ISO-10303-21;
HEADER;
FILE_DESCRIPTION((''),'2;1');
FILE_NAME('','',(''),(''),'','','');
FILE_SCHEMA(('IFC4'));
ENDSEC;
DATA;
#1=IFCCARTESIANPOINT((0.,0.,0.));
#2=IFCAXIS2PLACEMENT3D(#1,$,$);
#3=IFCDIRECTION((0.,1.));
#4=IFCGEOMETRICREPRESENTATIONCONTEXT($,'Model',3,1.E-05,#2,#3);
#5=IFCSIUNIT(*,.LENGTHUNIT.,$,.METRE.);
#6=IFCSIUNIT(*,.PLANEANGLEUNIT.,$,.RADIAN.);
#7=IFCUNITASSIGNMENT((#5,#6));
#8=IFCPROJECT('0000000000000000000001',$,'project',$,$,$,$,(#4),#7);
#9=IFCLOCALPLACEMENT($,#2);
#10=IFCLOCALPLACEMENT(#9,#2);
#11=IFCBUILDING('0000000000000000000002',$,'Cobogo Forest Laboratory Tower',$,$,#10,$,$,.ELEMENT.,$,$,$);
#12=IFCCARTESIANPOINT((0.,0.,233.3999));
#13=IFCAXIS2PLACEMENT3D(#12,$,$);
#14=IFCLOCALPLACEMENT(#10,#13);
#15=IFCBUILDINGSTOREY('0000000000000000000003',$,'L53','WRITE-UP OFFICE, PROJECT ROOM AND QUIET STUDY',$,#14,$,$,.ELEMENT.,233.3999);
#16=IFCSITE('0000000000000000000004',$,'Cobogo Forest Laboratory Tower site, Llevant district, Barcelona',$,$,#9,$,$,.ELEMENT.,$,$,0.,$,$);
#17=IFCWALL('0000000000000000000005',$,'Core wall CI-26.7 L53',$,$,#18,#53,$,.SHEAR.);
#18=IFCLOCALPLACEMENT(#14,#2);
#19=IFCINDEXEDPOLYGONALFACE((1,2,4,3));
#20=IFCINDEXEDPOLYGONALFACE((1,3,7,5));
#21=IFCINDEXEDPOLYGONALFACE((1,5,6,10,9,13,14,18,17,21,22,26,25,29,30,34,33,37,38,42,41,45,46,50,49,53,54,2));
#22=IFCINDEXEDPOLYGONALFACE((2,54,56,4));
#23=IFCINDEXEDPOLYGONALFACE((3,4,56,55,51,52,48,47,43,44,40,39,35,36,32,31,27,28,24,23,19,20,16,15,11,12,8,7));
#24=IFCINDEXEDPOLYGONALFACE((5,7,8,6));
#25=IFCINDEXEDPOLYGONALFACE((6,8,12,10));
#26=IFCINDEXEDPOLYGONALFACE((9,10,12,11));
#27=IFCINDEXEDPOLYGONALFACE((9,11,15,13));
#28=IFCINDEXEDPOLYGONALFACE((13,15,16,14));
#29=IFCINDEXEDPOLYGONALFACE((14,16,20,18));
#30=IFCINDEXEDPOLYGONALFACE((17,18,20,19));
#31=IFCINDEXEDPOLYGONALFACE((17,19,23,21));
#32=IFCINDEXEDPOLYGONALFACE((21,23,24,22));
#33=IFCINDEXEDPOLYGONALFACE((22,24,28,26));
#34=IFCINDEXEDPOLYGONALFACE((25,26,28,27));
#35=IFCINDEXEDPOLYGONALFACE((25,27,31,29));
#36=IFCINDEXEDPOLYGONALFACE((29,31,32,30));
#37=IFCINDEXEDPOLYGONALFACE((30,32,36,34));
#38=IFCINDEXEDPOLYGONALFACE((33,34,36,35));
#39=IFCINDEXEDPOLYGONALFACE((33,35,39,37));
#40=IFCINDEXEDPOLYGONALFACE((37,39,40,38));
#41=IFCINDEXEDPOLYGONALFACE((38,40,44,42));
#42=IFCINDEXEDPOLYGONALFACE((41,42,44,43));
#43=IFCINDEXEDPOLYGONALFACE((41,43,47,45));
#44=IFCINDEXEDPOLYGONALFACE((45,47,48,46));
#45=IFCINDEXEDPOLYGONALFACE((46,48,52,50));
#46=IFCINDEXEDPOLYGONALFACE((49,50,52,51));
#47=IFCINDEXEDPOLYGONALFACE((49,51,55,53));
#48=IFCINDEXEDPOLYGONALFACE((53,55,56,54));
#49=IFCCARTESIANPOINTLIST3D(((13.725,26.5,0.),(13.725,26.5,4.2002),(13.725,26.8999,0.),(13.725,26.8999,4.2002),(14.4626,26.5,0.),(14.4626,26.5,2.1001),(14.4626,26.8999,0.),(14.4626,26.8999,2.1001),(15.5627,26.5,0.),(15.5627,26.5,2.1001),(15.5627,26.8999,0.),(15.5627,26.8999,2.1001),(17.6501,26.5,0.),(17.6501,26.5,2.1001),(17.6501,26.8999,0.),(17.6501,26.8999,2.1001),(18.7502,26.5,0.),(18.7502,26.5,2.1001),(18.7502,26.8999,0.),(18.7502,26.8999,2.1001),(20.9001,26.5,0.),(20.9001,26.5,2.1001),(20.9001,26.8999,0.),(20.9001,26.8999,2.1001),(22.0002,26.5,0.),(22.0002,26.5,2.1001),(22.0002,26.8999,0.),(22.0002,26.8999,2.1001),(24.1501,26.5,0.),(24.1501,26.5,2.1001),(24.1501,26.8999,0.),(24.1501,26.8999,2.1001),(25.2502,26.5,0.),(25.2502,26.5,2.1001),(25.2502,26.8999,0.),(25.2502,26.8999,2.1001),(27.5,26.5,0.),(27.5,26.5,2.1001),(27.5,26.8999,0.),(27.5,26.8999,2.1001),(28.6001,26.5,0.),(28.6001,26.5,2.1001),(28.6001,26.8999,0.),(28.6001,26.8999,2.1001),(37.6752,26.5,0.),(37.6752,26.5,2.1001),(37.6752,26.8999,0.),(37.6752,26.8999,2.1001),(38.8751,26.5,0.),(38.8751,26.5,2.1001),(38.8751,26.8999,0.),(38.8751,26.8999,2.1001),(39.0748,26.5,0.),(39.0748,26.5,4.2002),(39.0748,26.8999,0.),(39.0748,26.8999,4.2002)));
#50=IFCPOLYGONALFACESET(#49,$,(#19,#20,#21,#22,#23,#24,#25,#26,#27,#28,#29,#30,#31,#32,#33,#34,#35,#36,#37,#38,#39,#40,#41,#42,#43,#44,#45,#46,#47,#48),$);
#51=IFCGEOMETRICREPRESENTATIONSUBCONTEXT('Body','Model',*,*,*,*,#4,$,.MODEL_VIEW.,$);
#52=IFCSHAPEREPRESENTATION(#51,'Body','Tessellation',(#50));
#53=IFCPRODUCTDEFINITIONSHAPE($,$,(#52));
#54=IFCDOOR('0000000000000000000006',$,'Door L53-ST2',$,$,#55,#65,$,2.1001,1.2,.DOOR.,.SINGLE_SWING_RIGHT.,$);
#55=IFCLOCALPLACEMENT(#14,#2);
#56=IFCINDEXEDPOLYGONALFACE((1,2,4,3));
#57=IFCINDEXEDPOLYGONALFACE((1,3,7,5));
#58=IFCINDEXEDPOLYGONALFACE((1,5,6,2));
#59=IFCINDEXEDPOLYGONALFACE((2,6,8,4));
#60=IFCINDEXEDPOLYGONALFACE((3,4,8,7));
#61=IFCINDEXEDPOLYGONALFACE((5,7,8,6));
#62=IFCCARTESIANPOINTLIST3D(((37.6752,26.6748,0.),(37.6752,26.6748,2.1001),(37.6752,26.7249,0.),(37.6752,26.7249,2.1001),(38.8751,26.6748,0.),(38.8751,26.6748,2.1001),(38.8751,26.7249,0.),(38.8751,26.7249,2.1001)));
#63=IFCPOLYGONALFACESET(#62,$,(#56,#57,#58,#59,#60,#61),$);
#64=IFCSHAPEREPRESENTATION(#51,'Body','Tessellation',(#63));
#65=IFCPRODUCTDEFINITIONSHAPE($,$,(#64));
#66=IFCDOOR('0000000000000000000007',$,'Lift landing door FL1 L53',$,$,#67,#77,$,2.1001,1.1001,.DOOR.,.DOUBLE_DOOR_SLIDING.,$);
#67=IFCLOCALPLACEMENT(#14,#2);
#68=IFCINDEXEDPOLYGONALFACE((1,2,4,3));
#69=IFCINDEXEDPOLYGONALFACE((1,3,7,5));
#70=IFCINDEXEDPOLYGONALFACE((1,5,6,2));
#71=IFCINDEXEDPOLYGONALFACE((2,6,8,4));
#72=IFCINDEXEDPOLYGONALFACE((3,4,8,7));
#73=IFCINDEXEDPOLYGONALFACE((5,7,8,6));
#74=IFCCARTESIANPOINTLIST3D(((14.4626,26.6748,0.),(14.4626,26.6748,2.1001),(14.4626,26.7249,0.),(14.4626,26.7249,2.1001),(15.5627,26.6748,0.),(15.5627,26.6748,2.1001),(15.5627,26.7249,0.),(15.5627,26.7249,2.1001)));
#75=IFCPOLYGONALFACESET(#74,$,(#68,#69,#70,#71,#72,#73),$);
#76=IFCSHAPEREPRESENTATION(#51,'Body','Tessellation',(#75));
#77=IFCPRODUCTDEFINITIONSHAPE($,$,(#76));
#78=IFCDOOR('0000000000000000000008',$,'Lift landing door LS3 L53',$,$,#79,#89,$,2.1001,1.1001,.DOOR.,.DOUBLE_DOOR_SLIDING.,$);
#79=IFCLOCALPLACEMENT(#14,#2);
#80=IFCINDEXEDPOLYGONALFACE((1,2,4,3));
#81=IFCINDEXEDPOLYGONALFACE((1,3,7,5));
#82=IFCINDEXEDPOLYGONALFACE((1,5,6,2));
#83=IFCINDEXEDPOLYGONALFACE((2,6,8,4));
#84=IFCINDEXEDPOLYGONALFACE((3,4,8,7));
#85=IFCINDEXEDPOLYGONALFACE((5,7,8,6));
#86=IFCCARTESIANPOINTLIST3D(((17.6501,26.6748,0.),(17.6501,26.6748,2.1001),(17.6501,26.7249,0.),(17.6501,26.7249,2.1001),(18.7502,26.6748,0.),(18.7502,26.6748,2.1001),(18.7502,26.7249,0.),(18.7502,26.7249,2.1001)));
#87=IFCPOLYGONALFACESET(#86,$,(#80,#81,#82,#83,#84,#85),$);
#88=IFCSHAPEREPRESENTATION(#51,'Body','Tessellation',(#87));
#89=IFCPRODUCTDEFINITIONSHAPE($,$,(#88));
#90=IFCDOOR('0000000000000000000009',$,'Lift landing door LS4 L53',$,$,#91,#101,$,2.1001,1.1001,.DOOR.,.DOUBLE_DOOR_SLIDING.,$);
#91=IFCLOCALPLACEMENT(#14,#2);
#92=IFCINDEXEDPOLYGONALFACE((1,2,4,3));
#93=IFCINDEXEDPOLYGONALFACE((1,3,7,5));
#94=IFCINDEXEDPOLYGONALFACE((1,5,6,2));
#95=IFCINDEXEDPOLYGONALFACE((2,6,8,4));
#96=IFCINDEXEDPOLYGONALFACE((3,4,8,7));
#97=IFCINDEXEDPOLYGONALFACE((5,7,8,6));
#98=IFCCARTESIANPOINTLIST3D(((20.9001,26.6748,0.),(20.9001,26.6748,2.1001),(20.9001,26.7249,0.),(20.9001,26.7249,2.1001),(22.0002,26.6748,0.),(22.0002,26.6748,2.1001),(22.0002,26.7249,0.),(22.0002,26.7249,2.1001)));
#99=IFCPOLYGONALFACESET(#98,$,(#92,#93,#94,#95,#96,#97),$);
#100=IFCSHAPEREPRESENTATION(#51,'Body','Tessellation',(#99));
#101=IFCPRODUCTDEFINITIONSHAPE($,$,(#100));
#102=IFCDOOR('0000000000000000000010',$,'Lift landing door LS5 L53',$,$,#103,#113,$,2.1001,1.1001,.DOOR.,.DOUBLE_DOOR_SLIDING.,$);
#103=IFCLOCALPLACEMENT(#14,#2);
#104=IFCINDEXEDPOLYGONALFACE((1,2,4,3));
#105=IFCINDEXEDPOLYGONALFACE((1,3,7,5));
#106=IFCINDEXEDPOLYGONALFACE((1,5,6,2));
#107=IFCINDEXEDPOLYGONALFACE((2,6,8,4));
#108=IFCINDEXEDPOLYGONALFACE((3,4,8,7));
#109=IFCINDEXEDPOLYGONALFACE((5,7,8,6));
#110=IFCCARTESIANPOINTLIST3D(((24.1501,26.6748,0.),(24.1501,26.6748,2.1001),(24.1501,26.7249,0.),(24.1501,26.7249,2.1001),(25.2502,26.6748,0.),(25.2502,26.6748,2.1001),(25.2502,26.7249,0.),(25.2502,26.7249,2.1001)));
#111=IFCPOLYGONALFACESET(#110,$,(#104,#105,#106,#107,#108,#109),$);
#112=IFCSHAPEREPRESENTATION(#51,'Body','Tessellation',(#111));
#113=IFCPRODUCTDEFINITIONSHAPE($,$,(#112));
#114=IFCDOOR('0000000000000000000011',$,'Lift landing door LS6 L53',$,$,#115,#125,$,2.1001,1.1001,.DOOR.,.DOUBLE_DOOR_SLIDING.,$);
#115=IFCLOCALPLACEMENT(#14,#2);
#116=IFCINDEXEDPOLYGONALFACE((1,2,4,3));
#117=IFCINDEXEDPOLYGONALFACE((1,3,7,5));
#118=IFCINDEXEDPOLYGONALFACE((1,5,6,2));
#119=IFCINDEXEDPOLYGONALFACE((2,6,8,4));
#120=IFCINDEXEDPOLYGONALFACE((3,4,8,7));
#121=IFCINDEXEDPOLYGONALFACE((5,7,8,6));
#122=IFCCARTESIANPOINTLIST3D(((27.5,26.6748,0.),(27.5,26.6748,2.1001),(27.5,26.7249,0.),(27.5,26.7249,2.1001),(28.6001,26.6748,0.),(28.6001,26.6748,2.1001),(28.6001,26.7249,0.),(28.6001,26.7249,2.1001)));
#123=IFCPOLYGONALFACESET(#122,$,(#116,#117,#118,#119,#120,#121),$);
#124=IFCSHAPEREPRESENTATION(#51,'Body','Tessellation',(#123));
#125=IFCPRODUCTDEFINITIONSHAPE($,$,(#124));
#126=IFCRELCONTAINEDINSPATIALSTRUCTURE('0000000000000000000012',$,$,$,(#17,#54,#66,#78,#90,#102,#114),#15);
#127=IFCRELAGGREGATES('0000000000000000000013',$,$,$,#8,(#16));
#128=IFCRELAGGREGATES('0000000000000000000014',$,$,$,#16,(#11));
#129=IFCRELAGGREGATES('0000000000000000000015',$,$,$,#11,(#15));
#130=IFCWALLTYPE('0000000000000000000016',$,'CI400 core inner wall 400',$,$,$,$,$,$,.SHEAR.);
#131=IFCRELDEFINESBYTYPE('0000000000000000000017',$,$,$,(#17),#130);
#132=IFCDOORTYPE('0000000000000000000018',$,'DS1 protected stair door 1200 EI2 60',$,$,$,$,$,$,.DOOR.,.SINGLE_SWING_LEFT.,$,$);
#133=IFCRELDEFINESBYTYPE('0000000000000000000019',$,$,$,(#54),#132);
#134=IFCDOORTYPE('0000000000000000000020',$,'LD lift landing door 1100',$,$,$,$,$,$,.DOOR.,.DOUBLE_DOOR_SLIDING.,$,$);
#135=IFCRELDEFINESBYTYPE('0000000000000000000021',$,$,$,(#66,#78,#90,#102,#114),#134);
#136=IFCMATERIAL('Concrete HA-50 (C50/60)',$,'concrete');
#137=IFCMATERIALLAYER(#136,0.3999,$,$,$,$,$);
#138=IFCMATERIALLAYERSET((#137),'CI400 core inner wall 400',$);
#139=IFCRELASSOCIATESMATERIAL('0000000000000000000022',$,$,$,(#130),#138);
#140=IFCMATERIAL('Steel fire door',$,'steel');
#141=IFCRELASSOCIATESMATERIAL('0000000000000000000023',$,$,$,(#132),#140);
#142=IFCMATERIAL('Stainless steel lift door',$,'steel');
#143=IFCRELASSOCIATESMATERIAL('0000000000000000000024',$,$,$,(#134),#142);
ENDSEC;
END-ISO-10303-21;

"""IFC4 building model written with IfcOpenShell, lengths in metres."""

from ifc_helpers import new_model, si_unit, direction, frame, frame_2d, origin, place, context, subcontext, project, spatial, rectangle, extrude, material, layer, layer_set, type_object, element, fill, save


model = new_model("IFC4")

# Units and contexts
model_context = context("Model", 3, precision=1e-05, world=origin(), true_north=direction((0.0, 1.0)))
body_context = subcontext(model_context, "Body", "Model", "MODEL_VIEW")
ifc_project = project(units=[si_unit("LENGTHUNIT", "METRE"), si_unit("PLANEANGLEUNIT", "RADIAN")], contexts=[model_context])

# Site, building, storey
site_placement = place(None, origin())
site = spatial("IfcSite", under=ifc_project, at=site_placement, Name="Cobogo Forest Laboratory Tower site, Llevant district, Barcelona", CompositionType="ELEMENT", RefElevation=0.0)
building_placement = place(site_placement, origin())
building = spatial("IfcBuilding", under=site, at=building_placement, Name="Cobogo Forest Laboratory Tower", CompositionType="ELEMENT")
storey_placement = place(building_placement, frame((0.0, 0.0, 233.3999)))
storey = spatial("IfcBuildingStorey", under=building, at=storey_placement, Name="L53", Description="WRITE-UP OFFICE, PROJECT ROOM AND QUIET STUDY", CompositionType="ELEMENT", Elevation=233.3999)

# Shared definitions
ifc_material_1 = material(Name="Concrete HA-50 (C50/60)", Category="concrete")

# Shared definitions
ifc_layer_1 = layer(ifc_material_1, 0.3999)
ifc_layer_set_1 = layer_set([ifc_layer_1], Name="CI400 core inner wall 400")
wall_type_1 = type_object("IfcWallType", Name="CI400 core inner wall 400", PredefinedType="SHEAR", material=ifc_layer_set_1)

# Wall, openings, doors
wall_1_placement = place(storey_placement, frame((13.7251, 26.7, 0.0), z_axis=(0.0, 0.0, 1.0), x_axis=(1.0, 0.0, 0.0)))
wall_1 = element("IfcWall", 1, at=wall_1_placement, inside=storey, type_object=wall_type_1, Name="Core wall CI-26.7 L53", PredefinedType="SHEAR", context=body_context, shape_type="SweptSolid", body=[
    extrude(rectangle(XDim=25.3499, YDim=0.3999, at=frame_2d((12.6748, 0.0))), origin(), (0.0, 0.0, 1.0), 4.2002),
])
opening_1_placement = place(wall_1_placement, frame((23.95, 0.0, 0.0)))
opening_1 = element("IfcOpeningElement", 2, at=opening_1_placement, cuts=wall_1, PredefinedType="OPENING", context=body_context, shape_type="SweptSolid", body=[
    extrude(rectangle(XDim=1.2, YDim=2.1001, at=frame_2d((0.6001, 1.05))), frame((0.0, 0.21, 0.0), z_axis=(0.0, -1.0, 0.0), x_axis=(1.0, 0.0, 0.0)), (0.0, 0.0, 1.0), 0.4199),
])
opening_2_placement = place(wall_1_placement, frame((0.7375, 0.0, 0.0)))
opening_2 = element("IfcOpeningElement", 3, at=opening_2_placement, cuts=wall_1, PredefinedType="OPENING", context=body_context, shape_type="SweptSolid", body=[
    extrude(rectangle(XDim=1.1001, YDim=2.1001, at=frame_2d((0.55, 1.05))), frame((0.0, 0.21, 0.0), z_axis=(0.0, -1.0, 0.0), x_axis=(1.0, 0.0, 0.0)), (0.0, 0.0, 1.0), 0.4199),
])
opening_3_placement = place(wall_1_placement, frame((3.925, 0.0, 0.0)))
opening_3 = element("IfcOpeningElement", 4, at=opening_3_placement, cuts=wall_1, PredefinedType="OPENING", context=body_context, shape_type="SweptSolid", body=[
    extrude(rectangle(XDim=1.1001, YDim=2.1001, at=frame_2d((0.55, 1.05))), frame((0.0, 0.21, 0.0), z_axis=(0.0, -1.0, 0.0), x_axis=(1.0, 0.0, 0.0)), (0.0, 0.0, 1.0), 0.4199),
])
opening_4_placement = place(wall_1_placement, frame((7.175, 0.0, 0.0)))
opening_4 = element("IfcOpeningElement", 5, at=opening_4_placement, cuts=wall_1, PredefinedType="OPENING", context=body_context, shape_type="SweptSolid", body=[
    extrude(rectangle(XDim=1.1001, YDim=2.1001, at=frame_2d((0.55, 1.05))), frame((0.0, 0.21, 0.0), z_axis=(0.0, -1.0, 0.0), x_axis=(1.0, 0.0, 0.0)), (0.0, 0.0, 1.0), 0.4199),
])
opening_5_placement = place(wall_1_placement, frame((10.425, 0.0, 0.0)))
opening_5 = element("IfcOpeningElement", 6, at=opening_5_placement, cuts=wall_1, PredefinedType="OPENING", context=body_context, shape_type="SweptSolid", body=[
    extrude(rectangle(XDim=1.1001, YDim=2.1001, at=frame_2d((0.55, 1.05))), frame((0.0, 0.21, 0.0), z_axis=(0.0, -1.0, 0.0), x_axis=(1.0, 0.0, 0.0)), (0.0, 0.0, 1.0), 0.4199),
])
opening_6_placement = place(wall_1_placement, frame((13.7749, 0.0, 0.0)))
opening_6 = element("IfcOpeningElement", 7, at=opening_6_placement, cuts=wall_1, PredefinedType="OPENING", context=body_context, shape_type="SweptSolid", body=[
    extrude(rectangle(XDim=1.1001, YDim=2.1001, at=frame_2d((0.55, 1.05))), frame((0.0, 0.21, 0.0), z_axis=(0.0, -1.0, 0.0), x_axis=(1.0, 0.0, 0.0)), (0.0, 0.0, 1.0), 0.4199),
])
ifc_material_2 = material(Name="Steel fire door", Category="steel")
door_type_1 = type_object("IfcDoorType", Name="DS1 protected stair door 1200 EI2 60", OperationType="SINGLE_SWING_LEFT", PredefinedType="DOOR", material=ifc_material_2)
door_1_placement = place(opening_1_placement, origin())
door_1 = element("IfcDoor", 8, at=door_1_placement, inside=storey, type_object=door_type_1, Name="Door L53-ST2", OperationType="SINGLE_SWING_RIGHT", OverallHeight=2.1001, OverallWidth=1.2, PredefinedType="DOOR", context=body_context, shape_type="SweptSolid", body=[
    extrude(rectangle(XDim=1.2, YDim=2.1001, at=frame_2d((0.6001, 1.05))), frame((0.0, 0.0249, 0.0), z_axis=(0.0, -1.0, 0.0), x_axis=(1.0, 0.0, 0.0)), (0.0, 0.0, 1.0), 0.05),
])
fill(opening_1, door_1)
ifc_material_3 = material(Name="Stainless steel lift door", Category="steel")
door_type_2 = type_object("IfcDoorType", Name="LD lift landing door 1100", OperationType="DOUBLE_DOOR_SLIDING", PredefinedType="DOOR", material=ifc_material_3)
door_2_placement = place(opening_2_placement, origin())
door_2 = element("IfcDoor", 9, at=door_2_placement, inside=storey, type_object=door_type_2, Name="Lift landing door FL1 L53", OperationType="DOUBLE_DOOR_SLIDING", OverallHeight=2.1001, OverallWidth=1.1001, PredefinedType="DOOR", context=body_context, shape_type="SweptSolid", body=[
    extrude(rectangle(XDim=1.1001, YDim=2.1001, at=frame_2d((0.55, 1.05))), frame((0.0, 0.0249, 0.0), z_axis=(0.0, -1.0, 0.0), x_axis=(1.0, 0.0, 0.0)), (0.0, 0.0, 1.0), 0.05),
])
fill(opening_2, door_2)
door_3_placement = place(opening_3_placement, origin())
door_3 = element("IfcDoor", 10, at=door_3_placement, inside=storey, type_object=door_type_2, Name="Lift landing door LS3 L53", OperationType="DOUBLE_DOOR_SLIDING", OverallHeight=2.1001, OverallWidth=1.1001, PredefinedType="DOOR", context=body_context, shape_type="SweptSolid", body=[
    extrude(rectangle(XDim=1.1001, YDim=2.1001, at=frame_2d((0.55, 1.05))), frame((0.0, 0.0249, 0.0), z_axis=(0.0, -1.0, 0.0), x_axis=(1.0, 0.0, 0.0)), (0.0, 0.0, 1.0), 0.05),
])
fill(opening_3, door_3)
door_4_placement = place(opening_4_placement, origin())
door_4 = element("IfcDoor", 11, at=door_4_placement, inside=storey, type_object=door_type_2, Name="Lift landing door LS4 L53", OperationType="DOUBLE_DOOR_SLIDING", OverallHeight=2.1001, OverallWidth=1.1001, PredefinedType="DOOR", context=body_context, shape_type="SweptSolid", body=[
    extrude(rectangle(XDim=1.1001, YDim=2.1001, at=frame_2d((0.55, 1.05))), frame((0.0, 0.0249, 0.0), z_axis=(0.0, -1.0, 0.0), x_axis=(1.0, 0.0, 0.0)), (0.0, 0.0, 1.0), 0.05),
])
fill(opening_4, door_4)
door_5_placement = place(opening_5_placement, origin())
door_5 = element("IfcDoor", 12, at=door_5_placement, inside=storey, type_object=door_type_2, Name="Lift landing door LS5 L53", OperationType="DOUBLE_DOOR_SLIDING", OverallHeight=2.1001, OverallWidth=1.1001, PredefinedType="DOOR", context=body_context, shape_type="SweptSolid", body=[
    extrude(rectangle(XDim=1.1001, YDim=2.1001, at=frame_2d((0.55, 1.05))), frame((0.0, 0.0249, 0.0), z_axis=(0.0, -1.0, 0.0), x_axis=(1.0, 0.0, 0.0)), (0.0, 0.0, 1.0), 0.05),
])
fill(opening_5, door_5)
door_6_placement = place(opening_6_placement, origin())
door_6 = element("IfcDoor", 13, at=door_6_placement, inside=storey, type_object=door_type_2, Name="Lift landing door LS6 L53", OperationType="DOUBLE_DOOR_SLIDING", OverallHeight=2.1001, OverallWidth=1.1001, PredefinedType="DOOR", context=body_context, shape_type="SweptSolid", body=[
    extrude(rectangle(XDim=1.1001, YDim=2.1001, at=frame_2d((0.55, 1.05))), frame((0.0, 0.0249, 0.0), z_axis=(0.0, -1.0, 0.0), x_axis=(1.0, 0.0, 0.0)), (0.0, 0.0, 1.0), 0.05),
])
fill(opening_6, door_6)

save(model, "model.ifc")
